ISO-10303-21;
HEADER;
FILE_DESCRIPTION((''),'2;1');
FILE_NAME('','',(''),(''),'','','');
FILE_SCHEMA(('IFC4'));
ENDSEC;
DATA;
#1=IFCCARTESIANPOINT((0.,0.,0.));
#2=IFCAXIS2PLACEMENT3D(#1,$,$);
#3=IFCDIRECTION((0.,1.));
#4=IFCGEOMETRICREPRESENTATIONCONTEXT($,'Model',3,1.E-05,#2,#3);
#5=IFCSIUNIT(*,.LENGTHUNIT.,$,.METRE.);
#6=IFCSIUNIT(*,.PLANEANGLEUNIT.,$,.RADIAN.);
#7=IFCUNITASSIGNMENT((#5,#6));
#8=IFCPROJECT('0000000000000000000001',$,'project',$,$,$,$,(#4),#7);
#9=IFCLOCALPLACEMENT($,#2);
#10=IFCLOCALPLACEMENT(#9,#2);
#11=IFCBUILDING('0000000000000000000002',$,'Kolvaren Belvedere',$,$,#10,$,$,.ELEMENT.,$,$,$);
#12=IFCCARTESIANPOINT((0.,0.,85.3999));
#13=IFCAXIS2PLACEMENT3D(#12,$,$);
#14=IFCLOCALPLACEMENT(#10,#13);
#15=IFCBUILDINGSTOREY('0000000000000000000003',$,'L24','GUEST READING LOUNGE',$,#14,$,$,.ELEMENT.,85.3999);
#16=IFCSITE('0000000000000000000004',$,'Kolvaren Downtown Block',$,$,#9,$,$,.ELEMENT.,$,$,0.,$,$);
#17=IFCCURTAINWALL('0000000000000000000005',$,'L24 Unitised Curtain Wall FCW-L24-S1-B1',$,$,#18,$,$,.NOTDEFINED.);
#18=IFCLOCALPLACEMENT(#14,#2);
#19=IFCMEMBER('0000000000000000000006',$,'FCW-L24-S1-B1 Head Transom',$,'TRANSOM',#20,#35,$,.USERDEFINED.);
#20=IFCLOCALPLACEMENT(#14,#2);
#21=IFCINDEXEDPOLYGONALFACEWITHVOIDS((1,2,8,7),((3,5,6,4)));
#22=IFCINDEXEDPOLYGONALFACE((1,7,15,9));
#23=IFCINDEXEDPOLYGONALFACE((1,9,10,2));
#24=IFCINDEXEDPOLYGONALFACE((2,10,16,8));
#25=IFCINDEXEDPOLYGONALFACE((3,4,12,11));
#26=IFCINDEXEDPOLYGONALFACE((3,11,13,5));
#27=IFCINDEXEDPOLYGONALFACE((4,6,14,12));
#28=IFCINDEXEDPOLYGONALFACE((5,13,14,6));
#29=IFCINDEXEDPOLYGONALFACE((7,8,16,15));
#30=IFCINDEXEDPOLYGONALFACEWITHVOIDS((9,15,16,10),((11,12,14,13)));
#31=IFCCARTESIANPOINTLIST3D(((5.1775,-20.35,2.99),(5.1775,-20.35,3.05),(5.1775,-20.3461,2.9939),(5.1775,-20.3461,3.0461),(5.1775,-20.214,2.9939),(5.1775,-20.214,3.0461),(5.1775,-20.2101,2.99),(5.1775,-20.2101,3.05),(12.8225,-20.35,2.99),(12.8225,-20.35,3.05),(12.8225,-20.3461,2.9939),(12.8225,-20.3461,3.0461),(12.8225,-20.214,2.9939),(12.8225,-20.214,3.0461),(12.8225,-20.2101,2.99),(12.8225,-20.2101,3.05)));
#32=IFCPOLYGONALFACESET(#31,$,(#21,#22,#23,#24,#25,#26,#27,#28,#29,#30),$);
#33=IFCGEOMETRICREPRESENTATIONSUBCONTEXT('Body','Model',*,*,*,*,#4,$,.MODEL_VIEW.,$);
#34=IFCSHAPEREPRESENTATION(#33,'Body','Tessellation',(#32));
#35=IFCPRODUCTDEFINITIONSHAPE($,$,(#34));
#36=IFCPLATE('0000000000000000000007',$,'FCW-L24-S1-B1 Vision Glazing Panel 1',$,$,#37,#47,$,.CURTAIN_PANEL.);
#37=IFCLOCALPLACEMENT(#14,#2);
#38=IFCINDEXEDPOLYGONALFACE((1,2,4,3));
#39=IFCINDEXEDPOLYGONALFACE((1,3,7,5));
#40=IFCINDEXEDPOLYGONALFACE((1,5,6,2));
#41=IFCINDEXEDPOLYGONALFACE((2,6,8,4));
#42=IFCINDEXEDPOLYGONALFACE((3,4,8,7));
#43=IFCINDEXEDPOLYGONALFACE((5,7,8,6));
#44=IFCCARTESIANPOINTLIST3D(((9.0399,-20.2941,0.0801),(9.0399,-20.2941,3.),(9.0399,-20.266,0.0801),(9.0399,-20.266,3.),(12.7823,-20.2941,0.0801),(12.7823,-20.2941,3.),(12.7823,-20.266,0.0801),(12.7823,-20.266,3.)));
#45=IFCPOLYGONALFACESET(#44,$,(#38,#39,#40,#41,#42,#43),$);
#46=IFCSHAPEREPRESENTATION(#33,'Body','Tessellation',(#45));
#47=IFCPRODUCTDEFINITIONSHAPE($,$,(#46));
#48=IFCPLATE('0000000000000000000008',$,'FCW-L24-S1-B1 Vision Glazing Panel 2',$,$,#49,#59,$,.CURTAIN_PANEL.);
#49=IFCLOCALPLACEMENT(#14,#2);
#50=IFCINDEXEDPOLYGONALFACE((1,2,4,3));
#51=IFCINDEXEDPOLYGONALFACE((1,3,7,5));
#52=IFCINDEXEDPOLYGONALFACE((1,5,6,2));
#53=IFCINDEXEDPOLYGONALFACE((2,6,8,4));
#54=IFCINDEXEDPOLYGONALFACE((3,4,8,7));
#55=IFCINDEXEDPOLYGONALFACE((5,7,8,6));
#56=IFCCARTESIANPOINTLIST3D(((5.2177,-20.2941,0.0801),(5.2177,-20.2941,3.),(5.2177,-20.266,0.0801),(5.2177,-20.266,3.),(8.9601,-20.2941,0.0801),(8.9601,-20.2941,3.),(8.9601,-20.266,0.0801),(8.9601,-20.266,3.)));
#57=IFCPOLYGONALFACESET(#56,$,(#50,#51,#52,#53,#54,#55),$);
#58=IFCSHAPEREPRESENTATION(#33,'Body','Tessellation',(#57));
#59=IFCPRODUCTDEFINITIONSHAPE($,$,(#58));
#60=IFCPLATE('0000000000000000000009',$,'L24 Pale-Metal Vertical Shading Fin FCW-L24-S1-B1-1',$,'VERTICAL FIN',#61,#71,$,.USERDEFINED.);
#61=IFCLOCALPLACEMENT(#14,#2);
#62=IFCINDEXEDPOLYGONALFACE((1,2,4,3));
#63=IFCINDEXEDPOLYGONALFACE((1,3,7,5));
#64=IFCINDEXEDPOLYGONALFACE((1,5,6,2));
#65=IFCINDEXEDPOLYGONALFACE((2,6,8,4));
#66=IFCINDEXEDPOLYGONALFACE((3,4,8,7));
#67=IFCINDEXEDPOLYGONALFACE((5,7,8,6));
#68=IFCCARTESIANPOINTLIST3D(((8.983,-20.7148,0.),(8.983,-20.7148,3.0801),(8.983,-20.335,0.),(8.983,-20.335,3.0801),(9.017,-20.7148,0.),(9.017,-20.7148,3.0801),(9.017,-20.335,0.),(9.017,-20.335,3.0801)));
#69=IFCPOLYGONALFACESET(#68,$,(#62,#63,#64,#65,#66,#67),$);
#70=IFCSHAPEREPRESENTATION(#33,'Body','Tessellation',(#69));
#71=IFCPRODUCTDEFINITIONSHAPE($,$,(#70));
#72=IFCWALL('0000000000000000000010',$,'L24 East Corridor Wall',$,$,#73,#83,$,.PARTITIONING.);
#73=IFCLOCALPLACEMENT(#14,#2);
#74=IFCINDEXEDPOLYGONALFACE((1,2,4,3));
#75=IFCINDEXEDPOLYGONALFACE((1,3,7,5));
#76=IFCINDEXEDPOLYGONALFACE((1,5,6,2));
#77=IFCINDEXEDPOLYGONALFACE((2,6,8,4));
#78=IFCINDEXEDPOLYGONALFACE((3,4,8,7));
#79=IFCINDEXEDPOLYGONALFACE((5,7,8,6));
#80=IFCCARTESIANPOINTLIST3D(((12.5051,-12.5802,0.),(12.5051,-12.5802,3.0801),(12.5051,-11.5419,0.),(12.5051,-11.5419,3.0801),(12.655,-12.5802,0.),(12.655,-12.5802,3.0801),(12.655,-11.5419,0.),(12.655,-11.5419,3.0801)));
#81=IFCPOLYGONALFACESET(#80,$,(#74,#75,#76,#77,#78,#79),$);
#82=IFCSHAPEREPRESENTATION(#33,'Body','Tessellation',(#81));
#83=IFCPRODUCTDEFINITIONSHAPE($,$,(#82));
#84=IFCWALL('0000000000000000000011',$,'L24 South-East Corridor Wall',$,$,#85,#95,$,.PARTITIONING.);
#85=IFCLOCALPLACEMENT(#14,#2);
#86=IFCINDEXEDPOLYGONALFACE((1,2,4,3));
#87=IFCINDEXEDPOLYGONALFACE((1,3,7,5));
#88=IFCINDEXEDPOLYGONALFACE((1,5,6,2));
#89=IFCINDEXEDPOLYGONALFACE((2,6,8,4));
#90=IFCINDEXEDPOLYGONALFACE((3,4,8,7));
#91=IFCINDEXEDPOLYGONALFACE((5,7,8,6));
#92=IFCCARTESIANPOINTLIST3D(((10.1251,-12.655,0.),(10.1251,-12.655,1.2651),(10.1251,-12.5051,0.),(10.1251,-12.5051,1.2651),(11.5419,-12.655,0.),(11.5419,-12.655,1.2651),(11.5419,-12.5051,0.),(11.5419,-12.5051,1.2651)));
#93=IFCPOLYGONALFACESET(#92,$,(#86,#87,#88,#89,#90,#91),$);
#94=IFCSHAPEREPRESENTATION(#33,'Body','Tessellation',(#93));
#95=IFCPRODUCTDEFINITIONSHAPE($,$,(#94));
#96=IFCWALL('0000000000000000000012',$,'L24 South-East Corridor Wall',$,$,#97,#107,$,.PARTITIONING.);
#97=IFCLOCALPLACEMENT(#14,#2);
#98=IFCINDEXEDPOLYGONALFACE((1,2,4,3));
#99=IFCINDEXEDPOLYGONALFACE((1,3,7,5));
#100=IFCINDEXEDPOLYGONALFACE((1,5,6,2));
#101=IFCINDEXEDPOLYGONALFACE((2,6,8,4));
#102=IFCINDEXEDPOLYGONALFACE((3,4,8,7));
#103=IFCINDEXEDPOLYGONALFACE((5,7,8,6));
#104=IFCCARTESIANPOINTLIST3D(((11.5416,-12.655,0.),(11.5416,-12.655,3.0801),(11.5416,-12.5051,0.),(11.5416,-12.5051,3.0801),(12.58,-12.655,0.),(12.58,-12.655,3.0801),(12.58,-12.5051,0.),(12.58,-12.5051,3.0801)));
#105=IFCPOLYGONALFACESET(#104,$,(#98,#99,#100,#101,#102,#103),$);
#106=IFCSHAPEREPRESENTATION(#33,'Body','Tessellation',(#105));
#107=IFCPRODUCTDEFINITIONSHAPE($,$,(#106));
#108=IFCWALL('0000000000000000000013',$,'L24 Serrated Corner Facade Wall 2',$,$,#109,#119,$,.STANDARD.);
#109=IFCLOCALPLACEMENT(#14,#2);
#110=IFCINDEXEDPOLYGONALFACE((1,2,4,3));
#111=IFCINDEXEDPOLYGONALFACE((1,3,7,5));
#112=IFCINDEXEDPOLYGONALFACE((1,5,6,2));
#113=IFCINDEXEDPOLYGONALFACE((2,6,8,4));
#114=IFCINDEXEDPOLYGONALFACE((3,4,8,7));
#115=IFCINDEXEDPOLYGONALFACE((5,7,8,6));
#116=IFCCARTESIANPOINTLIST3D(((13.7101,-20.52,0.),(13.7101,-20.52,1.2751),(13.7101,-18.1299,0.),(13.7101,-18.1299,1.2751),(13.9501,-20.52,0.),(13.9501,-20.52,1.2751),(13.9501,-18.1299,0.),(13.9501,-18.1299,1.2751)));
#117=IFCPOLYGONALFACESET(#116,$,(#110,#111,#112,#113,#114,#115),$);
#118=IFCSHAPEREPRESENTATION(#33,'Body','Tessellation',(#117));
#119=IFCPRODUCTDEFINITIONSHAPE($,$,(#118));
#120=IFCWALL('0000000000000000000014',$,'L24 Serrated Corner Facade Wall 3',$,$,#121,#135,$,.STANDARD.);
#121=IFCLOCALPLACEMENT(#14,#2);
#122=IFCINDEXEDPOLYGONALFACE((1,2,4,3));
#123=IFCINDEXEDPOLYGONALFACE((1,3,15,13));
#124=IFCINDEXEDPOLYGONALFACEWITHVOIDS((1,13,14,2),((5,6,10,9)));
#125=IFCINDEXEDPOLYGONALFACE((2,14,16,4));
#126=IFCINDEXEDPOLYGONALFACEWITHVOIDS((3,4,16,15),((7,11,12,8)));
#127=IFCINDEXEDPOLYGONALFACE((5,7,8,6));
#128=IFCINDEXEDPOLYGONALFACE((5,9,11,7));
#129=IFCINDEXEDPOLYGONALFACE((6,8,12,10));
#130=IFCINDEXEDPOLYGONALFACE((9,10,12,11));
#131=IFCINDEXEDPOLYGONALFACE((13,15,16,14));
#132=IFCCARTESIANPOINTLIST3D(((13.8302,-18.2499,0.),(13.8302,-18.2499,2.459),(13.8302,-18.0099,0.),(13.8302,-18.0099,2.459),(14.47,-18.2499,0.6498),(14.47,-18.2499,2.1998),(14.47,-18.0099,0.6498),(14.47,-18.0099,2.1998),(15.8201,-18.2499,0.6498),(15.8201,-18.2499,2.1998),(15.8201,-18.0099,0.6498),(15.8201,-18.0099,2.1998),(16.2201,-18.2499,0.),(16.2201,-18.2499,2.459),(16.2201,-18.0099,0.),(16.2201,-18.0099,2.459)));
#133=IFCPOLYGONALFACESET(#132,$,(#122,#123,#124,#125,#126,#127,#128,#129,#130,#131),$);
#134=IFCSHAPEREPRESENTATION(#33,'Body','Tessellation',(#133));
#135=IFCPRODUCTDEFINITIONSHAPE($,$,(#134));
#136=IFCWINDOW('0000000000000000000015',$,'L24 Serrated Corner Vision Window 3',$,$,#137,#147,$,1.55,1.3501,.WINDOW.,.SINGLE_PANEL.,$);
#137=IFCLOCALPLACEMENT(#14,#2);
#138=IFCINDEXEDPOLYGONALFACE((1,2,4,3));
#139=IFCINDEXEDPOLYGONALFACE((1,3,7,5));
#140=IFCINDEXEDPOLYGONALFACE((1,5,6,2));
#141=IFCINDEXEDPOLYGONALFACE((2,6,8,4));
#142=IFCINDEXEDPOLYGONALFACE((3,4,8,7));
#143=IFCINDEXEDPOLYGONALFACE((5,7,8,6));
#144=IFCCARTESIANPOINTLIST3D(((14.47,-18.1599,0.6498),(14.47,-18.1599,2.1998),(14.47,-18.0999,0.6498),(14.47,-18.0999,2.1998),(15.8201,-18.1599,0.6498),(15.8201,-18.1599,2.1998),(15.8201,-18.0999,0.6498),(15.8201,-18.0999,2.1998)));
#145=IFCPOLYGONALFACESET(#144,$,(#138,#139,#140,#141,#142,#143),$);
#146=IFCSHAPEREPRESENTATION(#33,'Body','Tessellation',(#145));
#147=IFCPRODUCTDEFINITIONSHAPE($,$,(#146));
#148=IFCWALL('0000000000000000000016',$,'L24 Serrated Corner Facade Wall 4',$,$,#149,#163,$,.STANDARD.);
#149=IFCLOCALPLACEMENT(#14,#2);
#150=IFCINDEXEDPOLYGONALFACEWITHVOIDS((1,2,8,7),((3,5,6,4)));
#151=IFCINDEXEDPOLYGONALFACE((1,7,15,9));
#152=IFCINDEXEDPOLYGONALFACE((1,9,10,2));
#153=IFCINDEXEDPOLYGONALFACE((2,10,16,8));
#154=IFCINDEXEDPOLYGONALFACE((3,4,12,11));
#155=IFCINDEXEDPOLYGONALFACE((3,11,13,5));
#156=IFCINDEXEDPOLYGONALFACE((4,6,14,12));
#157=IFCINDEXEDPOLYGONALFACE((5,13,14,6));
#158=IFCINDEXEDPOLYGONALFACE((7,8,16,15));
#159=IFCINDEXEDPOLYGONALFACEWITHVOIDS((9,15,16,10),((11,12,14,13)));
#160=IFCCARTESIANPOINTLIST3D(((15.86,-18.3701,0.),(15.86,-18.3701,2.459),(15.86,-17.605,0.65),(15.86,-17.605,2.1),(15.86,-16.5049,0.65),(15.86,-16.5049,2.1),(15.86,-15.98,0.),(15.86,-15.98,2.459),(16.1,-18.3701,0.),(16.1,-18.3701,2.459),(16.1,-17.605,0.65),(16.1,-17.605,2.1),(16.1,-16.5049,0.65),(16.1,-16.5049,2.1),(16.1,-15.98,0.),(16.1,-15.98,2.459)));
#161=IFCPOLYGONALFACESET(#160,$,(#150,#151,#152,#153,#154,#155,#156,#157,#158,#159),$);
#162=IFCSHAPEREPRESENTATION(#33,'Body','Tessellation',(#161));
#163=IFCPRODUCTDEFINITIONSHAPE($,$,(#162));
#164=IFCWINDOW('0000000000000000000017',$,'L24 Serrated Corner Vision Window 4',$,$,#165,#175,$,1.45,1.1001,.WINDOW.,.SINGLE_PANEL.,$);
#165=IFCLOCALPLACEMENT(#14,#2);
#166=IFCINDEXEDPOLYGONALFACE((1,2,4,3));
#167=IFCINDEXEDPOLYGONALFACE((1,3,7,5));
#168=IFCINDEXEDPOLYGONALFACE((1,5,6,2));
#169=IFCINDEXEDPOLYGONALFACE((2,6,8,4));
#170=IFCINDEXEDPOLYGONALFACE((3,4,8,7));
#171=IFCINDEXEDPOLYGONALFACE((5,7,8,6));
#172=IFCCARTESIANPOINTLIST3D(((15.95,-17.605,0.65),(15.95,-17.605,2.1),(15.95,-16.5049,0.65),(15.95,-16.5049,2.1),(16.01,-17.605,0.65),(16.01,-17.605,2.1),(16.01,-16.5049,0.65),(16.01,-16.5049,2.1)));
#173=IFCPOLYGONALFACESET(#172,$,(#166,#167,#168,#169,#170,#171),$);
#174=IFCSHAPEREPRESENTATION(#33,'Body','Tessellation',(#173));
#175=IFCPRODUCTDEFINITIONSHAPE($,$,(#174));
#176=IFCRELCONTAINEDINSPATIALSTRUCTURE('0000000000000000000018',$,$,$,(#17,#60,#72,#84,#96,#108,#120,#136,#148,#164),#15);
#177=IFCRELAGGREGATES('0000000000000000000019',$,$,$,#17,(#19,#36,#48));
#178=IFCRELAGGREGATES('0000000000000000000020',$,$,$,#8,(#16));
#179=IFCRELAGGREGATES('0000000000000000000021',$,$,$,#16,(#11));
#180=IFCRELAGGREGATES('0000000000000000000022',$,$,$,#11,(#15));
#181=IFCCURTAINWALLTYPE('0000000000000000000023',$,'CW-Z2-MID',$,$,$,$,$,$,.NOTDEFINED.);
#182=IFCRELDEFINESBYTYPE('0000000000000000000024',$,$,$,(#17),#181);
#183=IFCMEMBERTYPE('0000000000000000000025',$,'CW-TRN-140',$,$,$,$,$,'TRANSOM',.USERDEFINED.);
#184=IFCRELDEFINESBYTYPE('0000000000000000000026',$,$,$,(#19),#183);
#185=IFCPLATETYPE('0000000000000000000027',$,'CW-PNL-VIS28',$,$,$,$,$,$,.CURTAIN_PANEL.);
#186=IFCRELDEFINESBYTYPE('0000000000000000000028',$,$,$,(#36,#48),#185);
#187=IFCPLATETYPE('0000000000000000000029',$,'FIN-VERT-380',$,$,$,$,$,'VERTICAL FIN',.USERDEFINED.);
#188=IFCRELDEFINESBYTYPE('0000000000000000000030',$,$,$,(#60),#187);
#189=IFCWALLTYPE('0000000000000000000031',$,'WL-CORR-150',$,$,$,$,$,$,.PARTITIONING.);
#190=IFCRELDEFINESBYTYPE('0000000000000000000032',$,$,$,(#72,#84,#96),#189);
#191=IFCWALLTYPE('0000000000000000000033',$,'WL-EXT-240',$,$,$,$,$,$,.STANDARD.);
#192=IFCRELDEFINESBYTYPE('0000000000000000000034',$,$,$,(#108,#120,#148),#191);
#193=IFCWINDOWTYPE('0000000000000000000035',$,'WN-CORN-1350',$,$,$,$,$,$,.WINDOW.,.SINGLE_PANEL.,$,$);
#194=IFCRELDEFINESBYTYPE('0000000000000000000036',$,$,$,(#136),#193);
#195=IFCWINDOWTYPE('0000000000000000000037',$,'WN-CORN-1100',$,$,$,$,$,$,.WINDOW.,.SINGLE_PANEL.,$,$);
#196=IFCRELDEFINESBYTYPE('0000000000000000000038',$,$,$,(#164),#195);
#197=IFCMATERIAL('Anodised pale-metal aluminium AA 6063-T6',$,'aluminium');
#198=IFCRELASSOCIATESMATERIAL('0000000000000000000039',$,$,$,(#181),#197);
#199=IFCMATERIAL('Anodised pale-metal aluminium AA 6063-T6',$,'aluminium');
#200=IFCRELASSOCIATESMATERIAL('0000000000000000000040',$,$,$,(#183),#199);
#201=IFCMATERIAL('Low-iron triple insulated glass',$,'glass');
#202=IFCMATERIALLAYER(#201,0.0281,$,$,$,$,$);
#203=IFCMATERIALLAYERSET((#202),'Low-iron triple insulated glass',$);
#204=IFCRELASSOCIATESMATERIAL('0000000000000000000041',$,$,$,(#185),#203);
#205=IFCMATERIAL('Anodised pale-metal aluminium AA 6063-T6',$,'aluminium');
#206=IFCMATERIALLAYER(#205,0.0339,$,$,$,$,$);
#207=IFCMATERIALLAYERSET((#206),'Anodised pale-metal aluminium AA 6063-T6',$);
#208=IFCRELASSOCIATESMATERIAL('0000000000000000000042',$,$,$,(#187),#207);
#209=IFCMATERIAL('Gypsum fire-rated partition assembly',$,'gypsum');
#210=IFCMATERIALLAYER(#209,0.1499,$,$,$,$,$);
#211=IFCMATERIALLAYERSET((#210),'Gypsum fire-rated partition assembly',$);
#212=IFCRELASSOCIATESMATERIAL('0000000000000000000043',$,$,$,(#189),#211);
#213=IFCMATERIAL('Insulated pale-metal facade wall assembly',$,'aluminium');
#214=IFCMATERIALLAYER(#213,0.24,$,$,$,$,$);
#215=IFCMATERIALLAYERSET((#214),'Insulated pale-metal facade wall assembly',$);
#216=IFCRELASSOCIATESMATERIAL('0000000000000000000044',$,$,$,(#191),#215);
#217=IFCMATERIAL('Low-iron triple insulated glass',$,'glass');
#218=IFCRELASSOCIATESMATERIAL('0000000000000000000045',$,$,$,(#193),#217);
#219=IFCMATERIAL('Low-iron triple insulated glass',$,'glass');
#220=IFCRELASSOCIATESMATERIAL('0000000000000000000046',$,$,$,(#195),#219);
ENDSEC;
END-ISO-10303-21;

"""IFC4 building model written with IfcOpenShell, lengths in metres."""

from ifc_helpers import new_model, si_unit, direction, frame, frame_2d, origin, origin_2d, place, context, subcontext, project, spatial, rectangle, hollow_rectangle, extrude, material, layer, layer_set, material_profile, profile_set, type_object, element, fill, aggregate, save


model = new_model("IFC4")

# Units and contexts
model_context = context("Model", 3, precision=1e-05, world=origin(), true_north=direction((0.0, 1.0)))
body_context = subcontext(model_context, "Body", "Model", "MODEL_VIEW")
ifc_project = project(units=[si_unit("LENGTHUNIT", "METRE"), si_unit("PLANEANGLEUNIT", "RADIAN")], contexts=[model_context])

# Site, building, storey
site_placement = place(None, origin())
site = spatial("IfcSite", under=ifc_project, at=site_placement, Name="Kolvaren Downtown Block", CompositionType="ELEMENT", RefElevation=0.0)
building_placement = place(site_placement, origin())
building = spatial("IfcBuilding", under=site, at=building_placement, Name="Kolvaren Belvedere", CompositionType="ELEMENT")
storey_placement = place(building_placement, frame((0.0, 0.0, 85.3999)))
storey = spatial("IfcBuildingStorey", under=building, at=storey_placement, Name="L24", Description="GUEST READING LOUNGE", CompositionType="ELEMENT", Elevation=85.3999)

# Curtain wall
ifc_material_1 = material(Name="Anodised pale-metal aluminium AA 6063-T6", Category="aluminium")
curtain_wall_type = type_object("IfcCurtainWallType", Name="CW-Z2-MID", PredefinedType="NOTDEFINED", material=ifc_material_1)
curtain_wall_1_placement = place(storey_placement, origin())
curtain_wall_1 = element("IfcCurtainWall", 1, at=curtain_wall_1_placement, inside=storey, type_object=curtain_wall_type, Name="L24 Unitised Curtain Wall FCW-L24-S1-B1", PredefinedType="NOTDEFINED")

# Member
ifc_material_2 = material(Name="Anodised pale-metal aluminium AA 6063-T6", Category="aluminium")
ifc_material_profile_1 = material_profile(ifc_material_2, hollow_rectangle(XDim=0.0601, YDim=0.1399, WallThickness=0.0039, at=origin_2d()), Name="ALU-TRN-140X60")
ifc_profile_set_1 = profile_set([ifc_material_profile_1], Name="Anodised pale-metal aluminium AA 6063-T6")
member_type_1 = type_object("IfcMemberType", Name="CW-TRN-140", ElementType="TRANSOM", PredefinedType="USERDEFINED", material=ifc_profile_set_1)
member_1_placement = place(storey_placement, frame((12.8225, -20.28, 3.02), z_axis=(-1.0, 0.0, 0.0), x_axis=(0.0, 0.0, 1.0)))
member_1 = element("IfcMember", 2, at=member_1_placement, type_object=member_type_1, Name="FCW-L24-S1-B1 Head Transom", ObjectType="TRANSOM", PredefinedType="USERDEFINED", context=body_context, shape_type="SweptSolid", body=[
    extrude(hollow_rectangle(XDim=0.0601, YDim=0.1399, WallThickness=0.0039, at=origin_2d()), origin(), (0.0, 0.0, 1.0), 7.645),
])

# Plates
ifc_material_3 = material(Name="Low-iron triple insulated glass", Category="glass")
ifc_layer_1 = layer(ifc_material_3, 0.0281)
ifc_layer_set_1 = layer_set([ifc_layer_1], Name="Low-iron triple insulated glass")
plate_type_1 = type_object("IfcPlateType", Name="CW-PNL-VIS28", PredefinedType="CURTAIN_PANEL", material=ifc_layer_set_1)
plate_1_placement = place(storey_placement, frame((10.9111, -20.28, 0.0801), z_axis=(0.0, 0.0, 1.0), x_axis=(-1.0, 0.0, 0.0)))
plate_1 = element("IfcPlate", 3, at=plate_1_placement, type_object=plate_type_1, Name="FCW-L24-S1-B1 Vision Glazing Panel 1", PredefinedType="CURTAIN_PANEL", context=body_context, shape_type="SweptSolid", body=[
    extrude(rectangle(XDim=3.7424, YDim=0.0281, at=origin_2d()), origin(), (0.0, 0.0, 1.0), 2.9199),
])
plate_2_placement = place(storey_placement, frame((7.0889, -20.28, 0.0801), z_axis=(0.0, 0.0, 1.0), x_axis=(-1.0, 0.0, 0.0)))
plate_2 = element("IfcPlate", 4, at=plate_2_placement, type_object=plate_type_1, Name="FCW-L24-S1-B1 Vision Glazing Panel 2", PredefinedType="CURTAIN_PANEL", context=body_context, shape_type="SweptSolid", body=[
    extrude(rectangle(XDim=3.7424, YDim=0.0281, at=origin_2d()), origin(), (0.0, 0.0, 1.0), 2.9199),
])
aggregate(curtain_wall_1, [member_1, plate_1, plate_2])
ifc_material_4 = material(Name="Anodised pale-metal aluminium AA 6063-T6", Category="aluminium")
ifc_layer_2 = layer(ifc_material_4, 0.0339)
ifc_layer_set_2 = layer_set([ifc_layer_2], Name="Anodised pale-metal aluminium AA 6063-T6")
plate_type_2 = type_object("IfcPlateType", Name="FIN-VERT-380", ElementType="VERTICAL FIN", PredefinedType="USERDEFINED", material=ifc_layer_set_2)
plate_3_placement = place(storey_placement, frame((9.0, -20.5249, 0.0), z_axis=(0.0, 0.0, 1.0), x_axis=(0.0, 1.0, 0.0)))
element("IfcPlate", 5, at=plate_3_placement, inside=storey, type_object=plate_type_2, Name="L24 Pale-Metal Vertical Shading Fin FCW-L24-S1-B1-1", ObjectType="VERTICAL FIN", PredefinedType="USERDEFINED", context=body_context, shape_type="SweptSolid", body=[
    extrude(rectangle(XDim=0.3799, YDim=0.0339, at=origin_2d()), origin(), (0.0, 0.0, 1.0), 3.0801),
])

# Walls
ifc_material_5 = material(Name="Gypsum fire-rated partition assembly", Category="gypsum")
ifc_layer_3 = layer(ifc_material_5, 0.1499)
ifc_layer_set_3 = layer_set([ifc_layer_3], Name="Gypsum fire-rated partition assembly")
wall_type_1 = type_object("IfcWallType", Name="WL-CORR-150", PredefinedType="PARTITIONING", material=ifc_layer_set_3)
wall_1_placement = place(storey_placement, frame((12.5801, -12.5801, 0.0), z_axis=(0.0, 0.0, 1.0), x_axis=(0.0, 1.0, 0.0)))
element("IfcWall", 6, at=wall_1_placement, inside=storey, type_object=wall_type_1, Name="L24 East Corridor Wall", PredefinedType="PARTITIONING", context=body_context, shape_type="SweptSolid", body=[
    extrude(rectangle(XDim=1.0383, YDim=0.1499, at=frame_2d((0.519, 0.0))), origin(), (0.0, 0.0, 1.0), 3.0801),
])
wall_2_placement = place(storey_placement, frame((10.125, -12.5801, 0.0), z_axis=(0.0, 0.0, 1.0), x_axis=(1.0, 0.0, 0.0)))
element("IfcWall", 7, at=wall_2_placement, inside=storey, type_object=wall_type_1, Name="L24 South-East Corridor Wall", PredefinedType="PARTITIONING", context=body_context, shape_type="SweptSolid", body=[
    extrude(rectangle(XDim=1.4167, YDim=0.1499, at=frame_2d((0.7085, 0.0))), origin(), (0.0, 0.0, 1.0), 1.2651),
])
wall_3_placement = place(storey_placement, frame((11.5417, -12.5801, 0.0), z_axis=(0.0, 0.0, 1.0), x_axis=(1.0, 0.0, 0.0)))
element("IfcWall", 8, at=wall_3_placement, inside=storey, type_object=wall_type_1, Name="L24 South-East Corridor Wall", PredefinedType="PARTITIONING", context=body_context, shape_type="SweptSolid", body=[
    extrude(rectangle(XDim=1.0383, YDim=0.1499, at=frame_2d((0.519, 0.0))), origin(), (0.0, 0.0, 1.0), 3.0801),
])
ifc_material_6 = material(Name="Insulated pale-metal facade wall assembly", Category="aluminium")
ifc_layer_4 = layer(ifc_material_6, 0.24)
ifc_layer_set_4 = layer_set([ifc_layer_4], Name="Insulated pale-metal facade wall assembly")
wall_type_2 = type_object("IfcWallType", Name="WL-EXT-240", PredefinedType="STANDARD", material=ifc_layer_set_4)
wall_4_placement = place(storey_placement, frame((13.8301, -18.1299, 0.0), z_axis=(0.0, 0.0, 1.0), x_axis=(0.0, -1.0, 0.0)))
element("IfcWall", 9, at=wall_4_placement, inside=storey, type_object=wall_type_2, Name="L24 Serrated Corner Facade Wall 2", PredefinedType="STANDARD", context=body_context, shape_type="SweptSolid", body=[
    extrude(rectangle(XDim=2.3901, YDim=0.24, at=frame_2d((1.1951, 0.0))), origin(), (0.0, 0.0, 1.0), 1.2751),
])

# Walls, openings, windows
wall_5_placement = place(storey_placement, frame((16.22, -18.1299, 0.0), z_axis=(0.0, 0.0, 1.0), x_axis=(-1.0, 0.0, 0.0)))
wall_5 = element("IfcWall", 10, at=wall_5_placement, inside=storey, type_object=wall_type_2, Name="L24 Serrated Corner Facade Wall 3", PredefinedType="STANDARD", context=body_context, shape_type="SweptSolid", body=[
    extrude(rectangle(XDim=2.3899, YDim=0.24, at=frame_2d((1.1948, 0.0))), origin(), (0.0, 0.0, 1.0), 2.459),
])
opening_1_placement = place(wall_5_placement, frame((0.3999, 0.0, 0.6499)))
opening_1 = element("IfcOpeningElement", 11, at=opening_1_placement, cuts=wall_5, PredefinedType="OPENING", context=body_context, shape_type="SweptSolid", body=[
    extrude(rectangle(XDim=1.3501, YDim=1.55, at=frame_2d((0.675, 0.7749))), frame((0.0, 0.1299, 0.0), z_axis=(0.0, -1.0, 0.0), x_axis=(1.0, 0.0, 0.0)), (0.0, 0.0, 1.0), 0.26),
])
ifc_material_7 = material(Name="Low-iron triple insulated glass", Category="glass")
window_type_1 = type_object("IfcWindowType", Name="WN-CORN-1350", PartitioningType="SINGLE_PANEL", PredefinedType="WINDOW", material=ifc_material_7)
window_1_placement = place(opening_1_placement, origin())
window_1 = element("IfcWindow", 12, at=window_1_placement, inside=storey, type_object=window_type_1, Name="L24 Serrated Corner Vision Window 3", OverallHeight=1.55, OverallWidth=1.3501, PartitioningType="SINGLE_PANEL", PredefinedType="WINDOW", context=body_context, shape_type="SweptSolid", body=[
    extrude(rectangle(XDim=1.3501, YDim=1.55, at=frame_2d((0.675, 0.7749))), frame((0.0, 0.03, 0.0), z_axis=(0.0, -1.0, 0.0), x_axis=(1.0, 0.0, 0.0)), (0.0, 0.0, 1.0), 0.0601),
])
fill(opening_1, window_1)
wall_6_placement = place(storey_placement, frame((15.98, -15.98, 0.0), z_axis=(0.0, 0.0, 1.0), x_axis=(0.0, -1.0, 0.0)))
wall_6 = element("IfcWall", 13, at=wall_6_placement, inside=storey, type_object=wall_type_2, Name="L24 Serrated Corner Facade Wall 4", PredefinedType="STANDARD", context=body_context, shape_type="SweptSolid", body=[
    extrude(rectangle(XDim=2.3901, YDim=0.24, at=frame_2d((1.1951, 0.0))), origin(), (0.0, 0.0, 1.0), 2.459),
])
opening_2_placement = place(wall_6_placement, frame((0.5249, 0.0, 0.6499)))
opening_2 = element("IfcOpeningElement", 14, at=opening_2_placement, cuts=wall_6, PredefinedType="OPENING", context=body_context, shape_type="SweptSolid", body=[
    extrude(rectangle(XDim=1.1001, YDim=1.45, at=frame_2d((0.55, 0.7251))), frame((0.0, 0.1299, 0.0), z_axis=(0.0, -1.0, 0.0), x_axis=(1.0, 0.0, 0.0)), (0.0, 0.0, 1.0), 0.26),
])
ifc_material_8 = material(Name="Low-iron triple insulated glass", Category="glass")
window_type_2 = type_object("IfcWindowType", Name="WN-CORN-1100", PartitioningType="SINGLE_PANEL", PredefinedType="WINDOW", material=ifc_material_8)
window_2_placement = place(opening_2_placement, origin())
window_2 = element("IfcWindow", 15, at=window_2_placement, inside=storey, type_object=window_type_2, Name="L24 Serrated Corner Vision Window 4", OverallHeight=1.45, OverallWidth=1.1001, PartitioningType="SINGLE_PANEL", PredefinedType="WINDOW", context=body_context, shape_type="SweptSolid", body=[
    extrude(rectangle(XDim=1.1001, YDim=1.45, at=frame_2d((0.55, 0.7251))), frame((0.0, 0.03, 0.0), z_axis=(0.0, -1.0, 0.0), x_axis=(1.0, 0.0, 0.0)), (0.0, 0.0, 1.0), 0.0601),
])
fill(opening_2, window_2)

save(model, "model.ifc")
